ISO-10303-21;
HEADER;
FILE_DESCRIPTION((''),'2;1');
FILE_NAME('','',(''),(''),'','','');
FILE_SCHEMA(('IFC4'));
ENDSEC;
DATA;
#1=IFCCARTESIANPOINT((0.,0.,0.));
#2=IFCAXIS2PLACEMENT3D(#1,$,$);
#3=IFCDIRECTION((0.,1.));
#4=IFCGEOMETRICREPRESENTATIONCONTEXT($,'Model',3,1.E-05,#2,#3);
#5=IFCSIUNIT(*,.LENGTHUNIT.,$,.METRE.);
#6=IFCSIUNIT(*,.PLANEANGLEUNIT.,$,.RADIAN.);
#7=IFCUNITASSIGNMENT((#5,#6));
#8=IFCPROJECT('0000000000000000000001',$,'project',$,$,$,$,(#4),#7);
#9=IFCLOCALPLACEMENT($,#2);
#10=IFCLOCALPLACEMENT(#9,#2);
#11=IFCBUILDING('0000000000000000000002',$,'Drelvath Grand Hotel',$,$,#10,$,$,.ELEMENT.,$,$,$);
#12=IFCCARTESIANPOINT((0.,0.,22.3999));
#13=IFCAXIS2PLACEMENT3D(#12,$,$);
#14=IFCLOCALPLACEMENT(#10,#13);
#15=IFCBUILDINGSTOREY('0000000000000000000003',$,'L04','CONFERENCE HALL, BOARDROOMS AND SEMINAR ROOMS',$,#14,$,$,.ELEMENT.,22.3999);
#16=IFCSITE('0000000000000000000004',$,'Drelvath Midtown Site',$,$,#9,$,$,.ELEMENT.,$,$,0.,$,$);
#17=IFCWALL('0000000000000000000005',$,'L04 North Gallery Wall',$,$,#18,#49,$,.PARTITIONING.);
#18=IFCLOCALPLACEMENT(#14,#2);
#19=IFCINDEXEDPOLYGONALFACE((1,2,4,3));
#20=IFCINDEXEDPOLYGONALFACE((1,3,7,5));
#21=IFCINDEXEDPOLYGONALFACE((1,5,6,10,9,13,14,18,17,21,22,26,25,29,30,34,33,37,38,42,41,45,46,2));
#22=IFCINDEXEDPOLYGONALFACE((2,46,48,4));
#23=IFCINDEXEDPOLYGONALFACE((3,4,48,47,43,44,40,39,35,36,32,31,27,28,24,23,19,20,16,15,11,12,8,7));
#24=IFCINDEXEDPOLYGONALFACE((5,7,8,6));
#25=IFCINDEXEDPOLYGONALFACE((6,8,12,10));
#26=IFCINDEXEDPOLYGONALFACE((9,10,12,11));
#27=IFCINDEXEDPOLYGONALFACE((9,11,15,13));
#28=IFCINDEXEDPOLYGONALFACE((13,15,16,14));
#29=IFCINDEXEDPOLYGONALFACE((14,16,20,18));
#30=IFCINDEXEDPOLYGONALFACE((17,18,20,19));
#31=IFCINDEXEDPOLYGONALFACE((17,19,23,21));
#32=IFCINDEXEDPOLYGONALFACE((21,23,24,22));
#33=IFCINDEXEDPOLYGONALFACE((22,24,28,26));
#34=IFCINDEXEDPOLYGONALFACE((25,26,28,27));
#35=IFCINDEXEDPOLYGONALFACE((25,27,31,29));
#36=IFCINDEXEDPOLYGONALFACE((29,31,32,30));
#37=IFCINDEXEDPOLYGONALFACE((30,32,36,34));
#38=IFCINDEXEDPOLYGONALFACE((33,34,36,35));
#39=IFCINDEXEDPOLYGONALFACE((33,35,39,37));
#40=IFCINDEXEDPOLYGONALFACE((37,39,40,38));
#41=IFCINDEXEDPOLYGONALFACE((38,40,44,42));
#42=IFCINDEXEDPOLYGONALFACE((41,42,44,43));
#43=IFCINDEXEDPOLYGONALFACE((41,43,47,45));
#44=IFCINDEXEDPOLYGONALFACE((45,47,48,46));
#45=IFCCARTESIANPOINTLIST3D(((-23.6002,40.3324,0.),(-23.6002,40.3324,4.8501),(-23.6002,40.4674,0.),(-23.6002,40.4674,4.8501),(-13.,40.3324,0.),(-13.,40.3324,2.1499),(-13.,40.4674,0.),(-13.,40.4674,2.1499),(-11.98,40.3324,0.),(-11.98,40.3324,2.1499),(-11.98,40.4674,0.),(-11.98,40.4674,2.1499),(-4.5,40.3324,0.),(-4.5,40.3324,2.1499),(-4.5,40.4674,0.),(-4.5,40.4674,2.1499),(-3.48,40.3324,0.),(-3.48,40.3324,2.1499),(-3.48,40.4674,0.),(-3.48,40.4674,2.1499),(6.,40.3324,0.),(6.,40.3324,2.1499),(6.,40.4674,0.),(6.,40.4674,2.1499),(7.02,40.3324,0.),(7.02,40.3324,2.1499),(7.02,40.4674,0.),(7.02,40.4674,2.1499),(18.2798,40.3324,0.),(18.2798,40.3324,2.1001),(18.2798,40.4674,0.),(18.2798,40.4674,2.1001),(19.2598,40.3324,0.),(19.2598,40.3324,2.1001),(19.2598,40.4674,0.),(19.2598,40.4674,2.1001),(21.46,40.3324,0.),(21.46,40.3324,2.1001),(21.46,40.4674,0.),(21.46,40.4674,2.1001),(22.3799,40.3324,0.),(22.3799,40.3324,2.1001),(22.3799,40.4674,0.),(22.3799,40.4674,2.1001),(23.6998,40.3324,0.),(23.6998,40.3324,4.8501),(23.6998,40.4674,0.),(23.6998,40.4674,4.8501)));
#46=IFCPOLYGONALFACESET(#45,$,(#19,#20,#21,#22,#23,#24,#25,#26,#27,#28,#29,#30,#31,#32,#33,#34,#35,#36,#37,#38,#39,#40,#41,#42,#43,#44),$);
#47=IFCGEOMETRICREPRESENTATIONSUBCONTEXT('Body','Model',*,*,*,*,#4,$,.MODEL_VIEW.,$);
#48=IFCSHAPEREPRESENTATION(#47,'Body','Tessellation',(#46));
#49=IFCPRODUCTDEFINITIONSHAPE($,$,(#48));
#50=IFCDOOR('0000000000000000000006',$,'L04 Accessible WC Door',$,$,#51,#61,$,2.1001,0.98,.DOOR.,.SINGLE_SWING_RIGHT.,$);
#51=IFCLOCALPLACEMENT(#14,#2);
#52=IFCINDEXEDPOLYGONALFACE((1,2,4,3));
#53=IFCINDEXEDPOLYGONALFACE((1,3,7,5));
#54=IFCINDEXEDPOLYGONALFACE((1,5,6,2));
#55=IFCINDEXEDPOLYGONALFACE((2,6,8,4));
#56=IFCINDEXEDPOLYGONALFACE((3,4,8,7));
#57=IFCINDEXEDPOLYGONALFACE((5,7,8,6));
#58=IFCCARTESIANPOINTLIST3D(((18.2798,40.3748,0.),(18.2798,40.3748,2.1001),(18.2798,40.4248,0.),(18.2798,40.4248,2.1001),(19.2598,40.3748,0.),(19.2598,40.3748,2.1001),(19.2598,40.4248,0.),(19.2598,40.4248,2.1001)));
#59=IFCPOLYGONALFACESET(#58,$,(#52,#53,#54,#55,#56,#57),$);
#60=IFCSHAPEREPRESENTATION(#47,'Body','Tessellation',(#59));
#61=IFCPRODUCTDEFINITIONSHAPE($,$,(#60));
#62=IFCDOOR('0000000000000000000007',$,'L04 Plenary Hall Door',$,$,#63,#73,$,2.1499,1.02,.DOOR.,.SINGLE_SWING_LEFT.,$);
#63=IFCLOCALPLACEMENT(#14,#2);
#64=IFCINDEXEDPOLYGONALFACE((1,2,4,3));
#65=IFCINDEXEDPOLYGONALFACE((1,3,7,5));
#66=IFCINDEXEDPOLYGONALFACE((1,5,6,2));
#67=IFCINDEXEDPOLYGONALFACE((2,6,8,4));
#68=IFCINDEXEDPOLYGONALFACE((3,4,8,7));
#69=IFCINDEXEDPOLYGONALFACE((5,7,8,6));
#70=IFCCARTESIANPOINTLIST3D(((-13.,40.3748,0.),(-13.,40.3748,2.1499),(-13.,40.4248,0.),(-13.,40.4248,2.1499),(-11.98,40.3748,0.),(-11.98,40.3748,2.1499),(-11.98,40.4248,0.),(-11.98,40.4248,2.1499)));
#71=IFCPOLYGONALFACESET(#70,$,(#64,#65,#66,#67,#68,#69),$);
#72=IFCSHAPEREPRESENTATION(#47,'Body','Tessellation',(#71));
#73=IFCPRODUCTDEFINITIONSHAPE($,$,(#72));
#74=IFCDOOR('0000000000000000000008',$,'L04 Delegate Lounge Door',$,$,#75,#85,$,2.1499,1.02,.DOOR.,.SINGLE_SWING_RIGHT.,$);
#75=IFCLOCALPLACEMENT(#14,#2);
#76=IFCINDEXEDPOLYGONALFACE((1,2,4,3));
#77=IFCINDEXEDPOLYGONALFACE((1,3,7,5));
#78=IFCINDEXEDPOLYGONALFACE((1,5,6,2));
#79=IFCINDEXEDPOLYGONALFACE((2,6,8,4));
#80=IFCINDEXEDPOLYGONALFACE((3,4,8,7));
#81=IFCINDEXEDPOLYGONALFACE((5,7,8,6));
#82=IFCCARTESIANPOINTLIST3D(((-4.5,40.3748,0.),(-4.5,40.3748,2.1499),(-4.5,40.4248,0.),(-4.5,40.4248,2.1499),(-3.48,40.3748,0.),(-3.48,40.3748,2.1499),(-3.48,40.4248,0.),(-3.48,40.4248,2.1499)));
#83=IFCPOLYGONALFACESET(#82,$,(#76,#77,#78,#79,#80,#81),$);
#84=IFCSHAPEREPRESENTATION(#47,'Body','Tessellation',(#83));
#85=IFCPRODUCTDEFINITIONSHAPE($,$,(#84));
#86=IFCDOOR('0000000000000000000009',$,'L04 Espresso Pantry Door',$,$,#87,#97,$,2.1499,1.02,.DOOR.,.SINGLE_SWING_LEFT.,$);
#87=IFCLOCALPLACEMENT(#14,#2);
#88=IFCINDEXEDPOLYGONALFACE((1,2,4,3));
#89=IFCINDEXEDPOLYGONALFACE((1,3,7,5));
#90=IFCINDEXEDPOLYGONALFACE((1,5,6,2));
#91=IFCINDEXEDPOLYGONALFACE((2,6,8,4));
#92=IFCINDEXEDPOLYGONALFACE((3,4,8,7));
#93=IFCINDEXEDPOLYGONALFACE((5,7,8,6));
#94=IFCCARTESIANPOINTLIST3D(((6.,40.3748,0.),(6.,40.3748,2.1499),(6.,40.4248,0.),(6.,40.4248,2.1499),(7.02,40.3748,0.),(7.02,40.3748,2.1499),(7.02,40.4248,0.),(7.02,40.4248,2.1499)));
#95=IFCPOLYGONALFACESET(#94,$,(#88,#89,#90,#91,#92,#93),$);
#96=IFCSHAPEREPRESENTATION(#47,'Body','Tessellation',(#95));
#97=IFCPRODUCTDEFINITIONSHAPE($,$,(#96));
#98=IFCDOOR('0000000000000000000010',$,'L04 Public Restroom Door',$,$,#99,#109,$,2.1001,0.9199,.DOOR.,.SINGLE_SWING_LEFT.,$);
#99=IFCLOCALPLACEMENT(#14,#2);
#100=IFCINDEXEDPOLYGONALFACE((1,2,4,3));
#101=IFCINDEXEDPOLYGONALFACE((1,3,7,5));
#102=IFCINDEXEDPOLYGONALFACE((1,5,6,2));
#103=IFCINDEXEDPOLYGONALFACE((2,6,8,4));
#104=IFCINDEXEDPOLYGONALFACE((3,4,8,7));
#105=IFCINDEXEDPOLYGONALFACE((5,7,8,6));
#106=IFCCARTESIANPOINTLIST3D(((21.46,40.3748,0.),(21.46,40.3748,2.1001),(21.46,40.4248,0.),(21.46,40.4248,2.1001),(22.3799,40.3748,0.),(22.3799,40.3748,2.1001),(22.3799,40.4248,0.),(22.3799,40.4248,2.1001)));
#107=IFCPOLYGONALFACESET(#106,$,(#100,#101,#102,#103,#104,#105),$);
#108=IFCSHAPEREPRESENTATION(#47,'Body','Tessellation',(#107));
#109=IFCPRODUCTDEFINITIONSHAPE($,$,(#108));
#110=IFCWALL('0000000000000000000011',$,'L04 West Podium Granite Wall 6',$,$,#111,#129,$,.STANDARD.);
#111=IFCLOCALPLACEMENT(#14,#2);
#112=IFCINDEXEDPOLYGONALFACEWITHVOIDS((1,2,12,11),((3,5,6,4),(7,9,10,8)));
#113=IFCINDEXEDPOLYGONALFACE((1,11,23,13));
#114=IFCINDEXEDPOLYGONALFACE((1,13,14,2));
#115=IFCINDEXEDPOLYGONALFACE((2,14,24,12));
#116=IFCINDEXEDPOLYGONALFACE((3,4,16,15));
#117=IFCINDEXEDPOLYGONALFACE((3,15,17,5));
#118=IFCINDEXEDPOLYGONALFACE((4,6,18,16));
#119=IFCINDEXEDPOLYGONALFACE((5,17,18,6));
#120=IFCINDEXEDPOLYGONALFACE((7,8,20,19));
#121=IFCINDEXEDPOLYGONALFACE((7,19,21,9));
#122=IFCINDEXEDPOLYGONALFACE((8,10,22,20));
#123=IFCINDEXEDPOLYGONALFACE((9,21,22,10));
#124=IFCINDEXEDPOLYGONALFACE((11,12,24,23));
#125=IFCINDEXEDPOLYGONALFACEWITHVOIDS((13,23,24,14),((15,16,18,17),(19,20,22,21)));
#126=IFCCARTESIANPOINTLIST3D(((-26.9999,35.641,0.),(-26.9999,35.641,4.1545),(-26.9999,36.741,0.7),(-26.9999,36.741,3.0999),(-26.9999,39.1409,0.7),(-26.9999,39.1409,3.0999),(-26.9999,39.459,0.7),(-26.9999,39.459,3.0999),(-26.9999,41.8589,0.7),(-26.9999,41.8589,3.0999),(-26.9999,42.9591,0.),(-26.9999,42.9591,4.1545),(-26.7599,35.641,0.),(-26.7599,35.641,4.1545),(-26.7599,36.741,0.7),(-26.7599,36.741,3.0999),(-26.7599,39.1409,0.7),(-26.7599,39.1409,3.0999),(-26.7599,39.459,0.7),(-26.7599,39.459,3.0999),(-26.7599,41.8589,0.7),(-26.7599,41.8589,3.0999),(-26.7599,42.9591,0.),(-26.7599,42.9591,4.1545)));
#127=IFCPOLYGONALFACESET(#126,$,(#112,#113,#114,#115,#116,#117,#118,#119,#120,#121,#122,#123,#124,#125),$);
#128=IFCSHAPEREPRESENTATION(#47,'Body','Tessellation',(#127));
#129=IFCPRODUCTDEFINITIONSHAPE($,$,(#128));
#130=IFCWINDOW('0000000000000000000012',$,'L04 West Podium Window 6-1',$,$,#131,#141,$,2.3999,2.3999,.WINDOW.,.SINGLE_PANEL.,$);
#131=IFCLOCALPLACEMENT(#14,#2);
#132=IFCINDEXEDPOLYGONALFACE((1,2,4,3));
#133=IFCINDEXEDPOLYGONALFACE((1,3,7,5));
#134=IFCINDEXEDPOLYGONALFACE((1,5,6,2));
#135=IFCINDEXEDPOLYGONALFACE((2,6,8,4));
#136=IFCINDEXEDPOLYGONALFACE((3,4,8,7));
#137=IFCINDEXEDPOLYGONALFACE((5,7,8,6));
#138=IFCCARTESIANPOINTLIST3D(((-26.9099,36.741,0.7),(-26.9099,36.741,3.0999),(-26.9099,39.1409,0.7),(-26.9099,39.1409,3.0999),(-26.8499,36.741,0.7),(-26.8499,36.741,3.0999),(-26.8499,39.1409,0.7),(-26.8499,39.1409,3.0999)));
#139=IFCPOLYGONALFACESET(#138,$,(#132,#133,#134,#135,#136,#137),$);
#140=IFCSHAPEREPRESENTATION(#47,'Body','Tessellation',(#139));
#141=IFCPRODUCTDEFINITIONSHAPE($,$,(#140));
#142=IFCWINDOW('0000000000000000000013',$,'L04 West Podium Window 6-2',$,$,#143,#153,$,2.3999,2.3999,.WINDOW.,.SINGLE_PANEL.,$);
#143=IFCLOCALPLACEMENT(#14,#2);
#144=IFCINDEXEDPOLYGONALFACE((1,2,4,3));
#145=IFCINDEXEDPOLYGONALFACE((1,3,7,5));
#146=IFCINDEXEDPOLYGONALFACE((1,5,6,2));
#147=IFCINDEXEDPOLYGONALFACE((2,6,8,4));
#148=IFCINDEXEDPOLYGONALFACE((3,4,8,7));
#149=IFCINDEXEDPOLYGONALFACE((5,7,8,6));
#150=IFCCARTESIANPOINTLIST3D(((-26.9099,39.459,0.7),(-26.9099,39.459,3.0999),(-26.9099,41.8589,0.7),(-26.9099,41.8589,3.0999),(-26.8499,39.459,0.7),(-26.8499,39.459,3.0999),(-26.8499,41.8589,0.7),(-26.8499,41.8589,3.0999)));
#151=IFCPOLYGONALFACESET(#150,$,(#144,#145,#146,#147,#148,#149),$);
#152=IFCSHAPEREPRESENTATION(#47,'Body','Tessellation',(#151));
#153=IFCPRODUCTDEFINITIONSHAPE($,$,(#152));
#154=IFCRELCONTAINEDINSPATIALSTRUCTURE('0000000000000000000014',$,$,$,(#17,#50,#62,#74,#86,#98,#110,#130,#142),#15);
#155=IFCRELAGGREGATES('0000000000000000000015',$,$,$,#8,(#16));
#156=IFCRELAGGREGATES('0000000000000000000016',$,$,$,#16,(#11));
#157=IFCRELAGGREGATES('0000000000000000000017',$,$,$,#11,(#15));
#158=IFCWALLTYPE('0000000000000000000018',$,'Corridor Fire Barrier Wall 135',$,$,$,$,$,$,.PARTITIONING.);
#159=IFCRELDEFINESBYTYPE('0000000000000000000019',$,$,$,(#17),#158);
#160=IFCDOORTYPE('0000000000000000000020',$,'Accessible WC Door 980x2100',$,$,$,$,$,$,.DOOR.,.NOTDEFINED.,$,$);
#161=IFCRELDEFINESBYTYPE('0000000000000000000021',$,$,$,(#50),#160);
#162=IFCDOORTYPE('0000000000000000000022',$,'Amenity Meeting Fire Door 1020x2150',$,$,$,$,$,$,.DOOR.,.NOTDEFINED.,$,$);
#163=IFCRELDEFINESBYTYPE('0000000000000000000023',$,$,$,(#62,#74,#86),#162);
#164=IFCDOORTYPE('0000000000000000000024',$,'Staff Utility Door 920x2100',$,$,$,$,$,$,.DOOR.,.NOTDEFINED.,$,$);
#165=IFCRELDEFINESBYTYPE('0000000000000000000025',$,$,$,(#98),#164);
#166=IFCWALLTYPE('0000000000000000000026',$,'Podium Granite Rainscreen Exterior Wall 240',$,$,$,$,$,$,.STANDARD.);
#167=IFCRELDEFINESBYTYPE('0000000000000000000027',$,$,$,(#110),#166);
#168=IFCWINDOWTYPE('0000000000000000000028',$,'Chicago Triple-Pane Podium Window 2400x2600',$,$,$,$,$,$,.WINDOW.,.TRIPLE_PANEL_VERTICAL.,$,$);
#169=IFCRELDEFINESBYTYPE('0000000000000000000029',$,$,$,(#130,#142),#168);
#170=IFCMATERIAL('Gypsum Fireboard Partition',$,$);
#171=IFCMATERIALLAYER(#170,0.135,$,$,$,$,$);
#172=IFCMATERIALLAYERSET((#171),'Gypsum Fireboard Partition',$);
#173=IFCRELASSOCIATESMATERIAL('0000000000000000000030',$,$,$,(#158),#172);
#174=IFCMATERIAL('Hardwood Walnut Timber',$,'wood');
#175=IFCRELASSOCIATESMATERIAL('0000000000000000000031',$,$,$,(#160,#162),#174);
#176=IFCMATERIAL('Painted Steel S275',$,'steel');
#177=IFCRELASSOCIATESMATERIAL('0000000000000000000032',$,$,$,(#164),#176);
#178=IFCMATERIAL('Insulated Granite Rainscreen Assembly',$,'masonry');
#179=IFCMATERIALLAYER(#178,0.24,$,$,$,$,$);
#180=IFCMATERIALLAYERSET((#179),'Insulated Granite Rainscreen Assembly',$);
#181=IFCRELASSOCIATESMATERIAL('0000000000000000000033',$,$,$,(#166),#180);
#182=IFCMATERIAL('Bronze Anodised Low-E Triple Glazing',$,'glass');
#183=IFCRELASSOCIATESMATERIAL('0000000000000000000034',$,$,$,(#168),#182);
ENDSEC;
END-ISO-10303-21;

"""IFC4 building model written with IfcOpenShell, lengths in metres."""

from ifc_helpers import new_model, si_unit, direction, frame, frame_2d, origin, place, context, subcontext, project, spatial, rectangle, extrude, material, layer, layer_set, type_object, element, fill, save


model = new_model("IFC4")

# Units and contexts
model_context = context("Model", 3, precision=1e-05, world=origin(), true_north=direction((0.0, 1.0)))
body_context = subcontext(model_context, "Body", "Model", "MODEL_VIEW")
ifc_project = project(units=[si_unit("LENGTHUNIT", "METRE"), si_unit("PLANEANGLEUNIT", "RADIAN")], contexts=[model_context])

# Site, building, storey
site_placement = place(None, origin())
site = spatial("IfcSite", under=ifc_project, at=site_placement, Name="Drelvath Midtown Site", CompositionType="ELEMENT", RefElevation=0.0)
building_placement = place(site_placement, origin())
building = spatial("IfcBuilding", under=site, at=building_placement, Name="Drelvath Grand Hotel", CompositionType="ELEMENT")
storey_placement = place(building_placement, frame((0.0, 0.0, 22.3999)))
storey = spatial("IfcBuildingStorey", under=building, at=storey_placement, Name="L04", Description="CONFERENCE HALL, BOARDROOMS AND SEMINAR ROOMS", CompositionType="ELEMENT", Elevation=22.3999)

# Wall, openings, doors
ifc_material_1 = material(Name="Gypsum Fireboard Partition")
ifc_layer_1 = layer(ifc_material_1, 0.135)
ifc_layer_set_1 = layer_set([ifc_layer_1], Name="Gypsum Fireboard Partition")
wall_type_1 = type_object("IfcWallType", Name="Corridor Fire Barrier Wall 135", PredefinedType="PARTITIONING", material=ifc_layer_set_1)
wall_1_placement = place(storey_placement, frame((-23.6001, 40.3999, 0.0), z_axis=(0.0, 0.0, 1.0), x_axis=(1.0, 0.0, 0.0)))
wall_1 = element("IfcWall", 1, at=wall_1_placement, inside=storey, type_object=wall_type_1, Name="L04 North Gallery Wall", PredefinedType="PARTITIONING", context=body_context, shape_type="SweptSolid", body=[
    extrude(rectangle(XDim=47.3, YDim=0.135, at=frame_2d((23.6499, 0.0))), origin(), (0.0, 0.0, 1.0), 4.8501),
])
opening_1_placement = place(wall_1_placement, frame((41.8799, 0.0, 0.0)))
opening_1 = element("IfcOpeningElement", 2, at=opening_1_placement, cuts=wall_1, PredefinedType="OPENING", context=body_context, shape_type="SweptSolid", body=[
    extrude(rectangle(XDim=0.98, YDim=2.1001, at=frame_2d((0.49, 1.05))), frame((0.0, 0.0774, 0.0), z_axis=(0.0, -1.0, 0.0), x_axis=(1.0, 0.0, 0.0)), (0.0, 0.0, 1.0), 0.155),
])
opening_2_placement = place(wall_1_placement, frame((45.0601, 0.0, 0.0)))
opening_2 = element("IfcOpeningElement", 3, at=opening_2_placement, cuts=wall_1, PredefinedType="OPENING", context=body_context, shape_type="SweptSolid", body=[
    extrude(rectangle(XDim=0.9199, YDim=2.1001, at=frame_2d((0.46, 1.05))), frame((0.0, 0.0774, 0.0), z_axis=(0.0, -1.0, 0.0), x_axis=(1.0, 0.0, 0.0)), (0.0, 0.0, 1.0), 0.155),
])
opening_3_placement = place(wall_1_placement, frame((10.6001, 0.0, 0.0)))
opening_3 = element("IfcOpeningElement", 4, at=opening_3_placement, cuts=wall_1, PredefinedType="OPENING", context=body_context, shape_type="SweptSolid", body=[
    extrude(rectangle(XDim=1.02, YDim=2.1499, at=frame_2d((0.51, 1.075))), frame((0.0, 0.0774, 0.0), z_axis=(0.0, -1.0, 0.0), x_axis=(1.0, 0.0, 0.0)), (0.0, 0.0, 1.0), 0.155),
])
opening_4_placement = place(wall_1_placement, frame((19.1001, 0.0, 0.0)))
opening_4 = element("IfcOpeningElement", 5, at=opening_4_placement, cuts=wall_1, PredefinedType="OPENING", context=body_context, shape_type="SweptSolid", body=[
    extrude(rectangle(XDim=1.02, YDim=2.1499, at=frame_2d((0.51, 1.075))), frame((0.0, 0.0774, 0.0), z_axis=(0.0, -1.0, 0.0), x_axis=(1.0, 0.0, 0.0)), (0.0, 0.0, 1.0), 0.155),
])
opening_5_placement = place(wall_1_placement, frame((29.6001, 0.0, 0.0)))
opening_5 = element("IfcOpeningElement", 6, at=opening_5_placement, cuts=wall_1, PredefinedType="OPENING", context=body_context, shape_type="SweptSolid", body=[
    extrude(rectangle(XDim=1.02, YDim=2.1499, at=frame_2d((0.51, 1.075))), frame((0.0, 0.0774, 0.0), z_axis=(0.0, -1.0, 0.0), x_axis=(1.0, 0.0, 0.0)), (0.0, 0.0, 1.0), 0.155),
])
ifc_material_2 = material(Name="Hardwood Walnut Timber", Category="wood")
door_type_1 = type_object("IfcDoorType", Name="Accessible WC Door 980x2100", OperationType="NOTDEFINED", PredefinedType="DOOR", material=ifc_material_2)
door_1_placement = place(opening_1_placement, origin())
door_1 = element("IfcDoor", 7, at=door_1_placement, inside=storey, type_object=door_type_1, Name="L04 Accessible WC Door", OperationType="SINGLE_SWING_RIGHT", OverallHeight=2.1001, OverallWidth=0.98, PredefinedType="DOOR", context=body_context, shape_type="SweptSolid", body=[
    extrude(rectangle(XDim=0.98, YDim=2.1001, at=frame_2d((0.49, 1.05))), frame((0.0, 0.0249, 0.0), z_axis=(0.0, -1.0, 0.0), x_axis=(1.0, 0.0, 0.0)), (0.0, 0.0, 1.0), 0.05),
])
fill(opening_1, door_1)
door_type_2 = type_object("IfcDoorType", Name="Amenity Meeting Fire Door 1020x2150", OperationType="NOTDEFINED", PredefinedType="DOOR", material=ifc_material_2)
door_2_placement = place(opening_3_placement, origin())
door_2 = element("IfcDoor", 8, at=door_2_placement, inside=storey, type_object=door_type_2, Name="L04 Plenary Hall Door", OperationType="SINGLE_SWING_LEFT", OverallHeight=2.1499, OverallWidth=1.02, PredefinedType="DOOR", context=body_context, shape_type="SweptSolid", body=[
    extrude(rectangle(XDim=1.02, YDim=2.1499, at=frame_2d((0.51, 1.075))), frame((0.0, 0.0249, 0.0), z_axis=(0.0, -1.0, 0.0), x_axis=(1.0, 0.0, 0.0)), (0.0, 0.0, 1.0), 0.05),
])
fill(opening_3, door_2)
door_3_placement = place(opening_4_placement, origin())
door_3 = element("IfcDoor", 9, at=door_3_placement, inside=storey, type_object=door_type_2, Name="L04 Delegate Lounge Door", OperationType="SINGLE_SWING_RIGHT", OverallHeight=2.1499, OverallWidth=1.02, PredefinedType="DOOR", context=body_context, shape_type="SweptSolid", body=[
    extrude(rectangle(XDim=1.02, YDim=2.1499, at=frame_2d((0.51, 1.075))), frame((0.0, 0.0249, 0.0), z_axis=(0.0, -1.0, 0.0), x_axis=(1.0, 0.0, 0.0)), (0.0, 0.0, 1.0), 0.05),
])
fill(opening_4, door_3)
door_4_placement = place(opening_5_placement, origin())
door_4 = element("IfcDoor", 10, at=door_4_placement, inside=storey, type_object=door_type_2, Name="L04 Espresso Pantry Door", OperationType="SINGLE_SWING_LEFT", OverallHeight=2.1499, OverallWidth=1.02, PredefinedType="DOOR", context=body_context, shape_type="SweptSolid", body=[
    extrude(rectangle(XDim=1.02, YDim=2.1499, at=frame_2d((0.51, 1.075))), frame((0.0, 0.0249, 0.0), z_axis=(0.0, -1.0, 0.0), x_axis=(1.0, 0.0, 0.0)), (0.0, 0.0, 1.0), 0.05),
])
fill(opening_5, door_4)
ifc_material_3 = material(Name="Painted Steel S275", Category="steel")
door_type_3 = type_object("IfcDoorType", Name="Staff Utility Door 920x2100", OperationType="NOTDEFINED", PredefinedType="DOOR", material=ifc_material_3)
door_5_placement = place(opening_2_placement, origin())
door_5 = element("IfcDoor", 11, at=door_5_placement, inside=storey, type_object=door_type_3, Name="L04 Public Restroom Door", OperationType="SINGLE_SWING_LEFT", OverallHeight=2.1001, OverallWidth=0.9199, PredefinedType="DOOR", context=body_context, shape_type="SweptSolid", body=[
    extrude(rectangle(XDim=0.9199, YDim=2.1001, at=frame_2d((0.46, 1.05))), frame((0.0, 0.0249, 0.0), z_axis=(0.0, -1.0, 0.0), x_axis=(1.0, 0.0, 0.0)), (0.0, 0.0, 1.0), 0.05),
])
fill(opening_2, door_5)

# Wall, openings, windows
ifc_material_4 = material(Name="Insulated Granite Rainscreen Assembly", Category="masonry")
ifc_layer_2 = layer(ifc_material_4, 0.24)
ifc_layer_set_2 = layer_set([ifc_layer_2], Name="Insulated Granite Rainscreen Assembly")
wall_type_2 = type_object("IfcWallType", Name="Podium Granite Rainscreen Exterior Wall 240", PredefinedType="STANDARD", material=ifc_layer_set_2)
wall_2_placement = place(storey_placement, frame((-26.8799, 35.6409, 0.0), z_axis=(0.0, 0.0, 1.0), x_axis=(0.0, 1.0, 0.0)))
wall_2 = element("IfcWall", 12, at=wall_2_placement, inside=storey, type_object=wall_type_2, Name="L04 West Podium Granite Wall 6", PredefinedType="STANDARD", context=body_context, shape_type="SweptSolid", body=[
    extrude(rectangle(XDim=7.3181, YDim=0.24, at=frame_2d((3.6592, 0.0))), origin(), (0.0, 0.0, 1.0), 4.1545),
])
opening_6_placement = place(wall_2_placement, frame((1.1001, 0.0, 0.7)))
opening_6 = element("IfcOpeningElement", 13, at=opening_6_placement, cuts=wall_2, PredefinedType="OPENING", context=body_context, shape_type="SweptSolid", body=[
    extrude(rectangle(XDim=2.3999, YDim=2.3999, at=frame_2d((1.2, 1.2))), frame((0.0, 0.1299, 0.0), z_axis=(0.0, -1.0, 0.0), x_axis=(1.0, 0.0, 0.0)), (0.0, 0.0, 1.0), 0.26),
])
opening_7_placement = place(wall_2_placement, frame((3.8181, 0.0, 0.7)))
opening_7 = element("IfcOpeningElement", 14, at=opening_7_placement, cuts=wall_2, PredefinedType="OPENING", context=body_context, shape_type="SweptSolid", body=[
    extrude(rectangle(XDim=2.3999, YDim=2.3999, at=frame_2d((1.2, 1.2))), frame((0.0, 0.1299, 0.0), z_axis=(0.0, -1.0, 0.0), x_axis=(1.0, 0.0, 0.0)), (0.0, 0.0, 1.0), 0.26),
])
ifc_material_5 = material(Name="Bronze Anodised Low-E Triple Glazing", Category="glass")
window_type_1 = type_object("IfcWindowType", Name="Chicago Triple-Pane Podium Window 2400x2600", PartitioningType="TRIPLE_PANEL_VERTICAL", PredefinedType="WINDOW", material=ifc_material_5)
window_1_placement = place(opening_6_placement, origin())
window_1 = element("IfcWindow", 15, at=window_1_placement, inside=storey, type_object=window_type_1, Name="L04 West Podium Window 6-1", OverallHeight=2.3999, OverallWidth=2.3999, PartitioningType="SINGLE_PANEL", PredefinedType="WINDOW", context=body_context, shape_type="SweptSolid", body=[
    extrude(rectangle(XDim=2.3999, YDim=2.3999, at=frame_2d((1.2, 1.2))), frame((0.0, 0.03, 0.0), z_axis=(0.0, -1.0, 0.0), x_axis=(1.0, 0.0, 0.0)), (0.0, 0.0, 1.0), 0.0601),
])
fill(opening_6, window_1)
window_2_placement = place(opening_7_placement, origin())
window_2 = element("IfcWindow", 16, at=window_2_placement, inside=storey, type_object=window_type_1, Name="L04 West Podium Window 6-2", OverallHeight=2.3999, OverallWidth=2.3999, PartitioningType="SINGLE_PANEL", PredefinedType="WINDOW", context=body_context, shape_type="SweptSolid", body=[
    extrude(rectangle(XDim=2.3999, YDim=2.3999, at=frame_2d((1.2, 1.2))), frame((0.0, 0.03, 0.0), z_axis=(0.0, -1.0, 0.0), x_axis=(1.0, 0.0, 0.0)), (0.0, 0.0, 1.0), 0.0601),
])
fill(opening_7, window_2)

save(model, "model.ifc")
